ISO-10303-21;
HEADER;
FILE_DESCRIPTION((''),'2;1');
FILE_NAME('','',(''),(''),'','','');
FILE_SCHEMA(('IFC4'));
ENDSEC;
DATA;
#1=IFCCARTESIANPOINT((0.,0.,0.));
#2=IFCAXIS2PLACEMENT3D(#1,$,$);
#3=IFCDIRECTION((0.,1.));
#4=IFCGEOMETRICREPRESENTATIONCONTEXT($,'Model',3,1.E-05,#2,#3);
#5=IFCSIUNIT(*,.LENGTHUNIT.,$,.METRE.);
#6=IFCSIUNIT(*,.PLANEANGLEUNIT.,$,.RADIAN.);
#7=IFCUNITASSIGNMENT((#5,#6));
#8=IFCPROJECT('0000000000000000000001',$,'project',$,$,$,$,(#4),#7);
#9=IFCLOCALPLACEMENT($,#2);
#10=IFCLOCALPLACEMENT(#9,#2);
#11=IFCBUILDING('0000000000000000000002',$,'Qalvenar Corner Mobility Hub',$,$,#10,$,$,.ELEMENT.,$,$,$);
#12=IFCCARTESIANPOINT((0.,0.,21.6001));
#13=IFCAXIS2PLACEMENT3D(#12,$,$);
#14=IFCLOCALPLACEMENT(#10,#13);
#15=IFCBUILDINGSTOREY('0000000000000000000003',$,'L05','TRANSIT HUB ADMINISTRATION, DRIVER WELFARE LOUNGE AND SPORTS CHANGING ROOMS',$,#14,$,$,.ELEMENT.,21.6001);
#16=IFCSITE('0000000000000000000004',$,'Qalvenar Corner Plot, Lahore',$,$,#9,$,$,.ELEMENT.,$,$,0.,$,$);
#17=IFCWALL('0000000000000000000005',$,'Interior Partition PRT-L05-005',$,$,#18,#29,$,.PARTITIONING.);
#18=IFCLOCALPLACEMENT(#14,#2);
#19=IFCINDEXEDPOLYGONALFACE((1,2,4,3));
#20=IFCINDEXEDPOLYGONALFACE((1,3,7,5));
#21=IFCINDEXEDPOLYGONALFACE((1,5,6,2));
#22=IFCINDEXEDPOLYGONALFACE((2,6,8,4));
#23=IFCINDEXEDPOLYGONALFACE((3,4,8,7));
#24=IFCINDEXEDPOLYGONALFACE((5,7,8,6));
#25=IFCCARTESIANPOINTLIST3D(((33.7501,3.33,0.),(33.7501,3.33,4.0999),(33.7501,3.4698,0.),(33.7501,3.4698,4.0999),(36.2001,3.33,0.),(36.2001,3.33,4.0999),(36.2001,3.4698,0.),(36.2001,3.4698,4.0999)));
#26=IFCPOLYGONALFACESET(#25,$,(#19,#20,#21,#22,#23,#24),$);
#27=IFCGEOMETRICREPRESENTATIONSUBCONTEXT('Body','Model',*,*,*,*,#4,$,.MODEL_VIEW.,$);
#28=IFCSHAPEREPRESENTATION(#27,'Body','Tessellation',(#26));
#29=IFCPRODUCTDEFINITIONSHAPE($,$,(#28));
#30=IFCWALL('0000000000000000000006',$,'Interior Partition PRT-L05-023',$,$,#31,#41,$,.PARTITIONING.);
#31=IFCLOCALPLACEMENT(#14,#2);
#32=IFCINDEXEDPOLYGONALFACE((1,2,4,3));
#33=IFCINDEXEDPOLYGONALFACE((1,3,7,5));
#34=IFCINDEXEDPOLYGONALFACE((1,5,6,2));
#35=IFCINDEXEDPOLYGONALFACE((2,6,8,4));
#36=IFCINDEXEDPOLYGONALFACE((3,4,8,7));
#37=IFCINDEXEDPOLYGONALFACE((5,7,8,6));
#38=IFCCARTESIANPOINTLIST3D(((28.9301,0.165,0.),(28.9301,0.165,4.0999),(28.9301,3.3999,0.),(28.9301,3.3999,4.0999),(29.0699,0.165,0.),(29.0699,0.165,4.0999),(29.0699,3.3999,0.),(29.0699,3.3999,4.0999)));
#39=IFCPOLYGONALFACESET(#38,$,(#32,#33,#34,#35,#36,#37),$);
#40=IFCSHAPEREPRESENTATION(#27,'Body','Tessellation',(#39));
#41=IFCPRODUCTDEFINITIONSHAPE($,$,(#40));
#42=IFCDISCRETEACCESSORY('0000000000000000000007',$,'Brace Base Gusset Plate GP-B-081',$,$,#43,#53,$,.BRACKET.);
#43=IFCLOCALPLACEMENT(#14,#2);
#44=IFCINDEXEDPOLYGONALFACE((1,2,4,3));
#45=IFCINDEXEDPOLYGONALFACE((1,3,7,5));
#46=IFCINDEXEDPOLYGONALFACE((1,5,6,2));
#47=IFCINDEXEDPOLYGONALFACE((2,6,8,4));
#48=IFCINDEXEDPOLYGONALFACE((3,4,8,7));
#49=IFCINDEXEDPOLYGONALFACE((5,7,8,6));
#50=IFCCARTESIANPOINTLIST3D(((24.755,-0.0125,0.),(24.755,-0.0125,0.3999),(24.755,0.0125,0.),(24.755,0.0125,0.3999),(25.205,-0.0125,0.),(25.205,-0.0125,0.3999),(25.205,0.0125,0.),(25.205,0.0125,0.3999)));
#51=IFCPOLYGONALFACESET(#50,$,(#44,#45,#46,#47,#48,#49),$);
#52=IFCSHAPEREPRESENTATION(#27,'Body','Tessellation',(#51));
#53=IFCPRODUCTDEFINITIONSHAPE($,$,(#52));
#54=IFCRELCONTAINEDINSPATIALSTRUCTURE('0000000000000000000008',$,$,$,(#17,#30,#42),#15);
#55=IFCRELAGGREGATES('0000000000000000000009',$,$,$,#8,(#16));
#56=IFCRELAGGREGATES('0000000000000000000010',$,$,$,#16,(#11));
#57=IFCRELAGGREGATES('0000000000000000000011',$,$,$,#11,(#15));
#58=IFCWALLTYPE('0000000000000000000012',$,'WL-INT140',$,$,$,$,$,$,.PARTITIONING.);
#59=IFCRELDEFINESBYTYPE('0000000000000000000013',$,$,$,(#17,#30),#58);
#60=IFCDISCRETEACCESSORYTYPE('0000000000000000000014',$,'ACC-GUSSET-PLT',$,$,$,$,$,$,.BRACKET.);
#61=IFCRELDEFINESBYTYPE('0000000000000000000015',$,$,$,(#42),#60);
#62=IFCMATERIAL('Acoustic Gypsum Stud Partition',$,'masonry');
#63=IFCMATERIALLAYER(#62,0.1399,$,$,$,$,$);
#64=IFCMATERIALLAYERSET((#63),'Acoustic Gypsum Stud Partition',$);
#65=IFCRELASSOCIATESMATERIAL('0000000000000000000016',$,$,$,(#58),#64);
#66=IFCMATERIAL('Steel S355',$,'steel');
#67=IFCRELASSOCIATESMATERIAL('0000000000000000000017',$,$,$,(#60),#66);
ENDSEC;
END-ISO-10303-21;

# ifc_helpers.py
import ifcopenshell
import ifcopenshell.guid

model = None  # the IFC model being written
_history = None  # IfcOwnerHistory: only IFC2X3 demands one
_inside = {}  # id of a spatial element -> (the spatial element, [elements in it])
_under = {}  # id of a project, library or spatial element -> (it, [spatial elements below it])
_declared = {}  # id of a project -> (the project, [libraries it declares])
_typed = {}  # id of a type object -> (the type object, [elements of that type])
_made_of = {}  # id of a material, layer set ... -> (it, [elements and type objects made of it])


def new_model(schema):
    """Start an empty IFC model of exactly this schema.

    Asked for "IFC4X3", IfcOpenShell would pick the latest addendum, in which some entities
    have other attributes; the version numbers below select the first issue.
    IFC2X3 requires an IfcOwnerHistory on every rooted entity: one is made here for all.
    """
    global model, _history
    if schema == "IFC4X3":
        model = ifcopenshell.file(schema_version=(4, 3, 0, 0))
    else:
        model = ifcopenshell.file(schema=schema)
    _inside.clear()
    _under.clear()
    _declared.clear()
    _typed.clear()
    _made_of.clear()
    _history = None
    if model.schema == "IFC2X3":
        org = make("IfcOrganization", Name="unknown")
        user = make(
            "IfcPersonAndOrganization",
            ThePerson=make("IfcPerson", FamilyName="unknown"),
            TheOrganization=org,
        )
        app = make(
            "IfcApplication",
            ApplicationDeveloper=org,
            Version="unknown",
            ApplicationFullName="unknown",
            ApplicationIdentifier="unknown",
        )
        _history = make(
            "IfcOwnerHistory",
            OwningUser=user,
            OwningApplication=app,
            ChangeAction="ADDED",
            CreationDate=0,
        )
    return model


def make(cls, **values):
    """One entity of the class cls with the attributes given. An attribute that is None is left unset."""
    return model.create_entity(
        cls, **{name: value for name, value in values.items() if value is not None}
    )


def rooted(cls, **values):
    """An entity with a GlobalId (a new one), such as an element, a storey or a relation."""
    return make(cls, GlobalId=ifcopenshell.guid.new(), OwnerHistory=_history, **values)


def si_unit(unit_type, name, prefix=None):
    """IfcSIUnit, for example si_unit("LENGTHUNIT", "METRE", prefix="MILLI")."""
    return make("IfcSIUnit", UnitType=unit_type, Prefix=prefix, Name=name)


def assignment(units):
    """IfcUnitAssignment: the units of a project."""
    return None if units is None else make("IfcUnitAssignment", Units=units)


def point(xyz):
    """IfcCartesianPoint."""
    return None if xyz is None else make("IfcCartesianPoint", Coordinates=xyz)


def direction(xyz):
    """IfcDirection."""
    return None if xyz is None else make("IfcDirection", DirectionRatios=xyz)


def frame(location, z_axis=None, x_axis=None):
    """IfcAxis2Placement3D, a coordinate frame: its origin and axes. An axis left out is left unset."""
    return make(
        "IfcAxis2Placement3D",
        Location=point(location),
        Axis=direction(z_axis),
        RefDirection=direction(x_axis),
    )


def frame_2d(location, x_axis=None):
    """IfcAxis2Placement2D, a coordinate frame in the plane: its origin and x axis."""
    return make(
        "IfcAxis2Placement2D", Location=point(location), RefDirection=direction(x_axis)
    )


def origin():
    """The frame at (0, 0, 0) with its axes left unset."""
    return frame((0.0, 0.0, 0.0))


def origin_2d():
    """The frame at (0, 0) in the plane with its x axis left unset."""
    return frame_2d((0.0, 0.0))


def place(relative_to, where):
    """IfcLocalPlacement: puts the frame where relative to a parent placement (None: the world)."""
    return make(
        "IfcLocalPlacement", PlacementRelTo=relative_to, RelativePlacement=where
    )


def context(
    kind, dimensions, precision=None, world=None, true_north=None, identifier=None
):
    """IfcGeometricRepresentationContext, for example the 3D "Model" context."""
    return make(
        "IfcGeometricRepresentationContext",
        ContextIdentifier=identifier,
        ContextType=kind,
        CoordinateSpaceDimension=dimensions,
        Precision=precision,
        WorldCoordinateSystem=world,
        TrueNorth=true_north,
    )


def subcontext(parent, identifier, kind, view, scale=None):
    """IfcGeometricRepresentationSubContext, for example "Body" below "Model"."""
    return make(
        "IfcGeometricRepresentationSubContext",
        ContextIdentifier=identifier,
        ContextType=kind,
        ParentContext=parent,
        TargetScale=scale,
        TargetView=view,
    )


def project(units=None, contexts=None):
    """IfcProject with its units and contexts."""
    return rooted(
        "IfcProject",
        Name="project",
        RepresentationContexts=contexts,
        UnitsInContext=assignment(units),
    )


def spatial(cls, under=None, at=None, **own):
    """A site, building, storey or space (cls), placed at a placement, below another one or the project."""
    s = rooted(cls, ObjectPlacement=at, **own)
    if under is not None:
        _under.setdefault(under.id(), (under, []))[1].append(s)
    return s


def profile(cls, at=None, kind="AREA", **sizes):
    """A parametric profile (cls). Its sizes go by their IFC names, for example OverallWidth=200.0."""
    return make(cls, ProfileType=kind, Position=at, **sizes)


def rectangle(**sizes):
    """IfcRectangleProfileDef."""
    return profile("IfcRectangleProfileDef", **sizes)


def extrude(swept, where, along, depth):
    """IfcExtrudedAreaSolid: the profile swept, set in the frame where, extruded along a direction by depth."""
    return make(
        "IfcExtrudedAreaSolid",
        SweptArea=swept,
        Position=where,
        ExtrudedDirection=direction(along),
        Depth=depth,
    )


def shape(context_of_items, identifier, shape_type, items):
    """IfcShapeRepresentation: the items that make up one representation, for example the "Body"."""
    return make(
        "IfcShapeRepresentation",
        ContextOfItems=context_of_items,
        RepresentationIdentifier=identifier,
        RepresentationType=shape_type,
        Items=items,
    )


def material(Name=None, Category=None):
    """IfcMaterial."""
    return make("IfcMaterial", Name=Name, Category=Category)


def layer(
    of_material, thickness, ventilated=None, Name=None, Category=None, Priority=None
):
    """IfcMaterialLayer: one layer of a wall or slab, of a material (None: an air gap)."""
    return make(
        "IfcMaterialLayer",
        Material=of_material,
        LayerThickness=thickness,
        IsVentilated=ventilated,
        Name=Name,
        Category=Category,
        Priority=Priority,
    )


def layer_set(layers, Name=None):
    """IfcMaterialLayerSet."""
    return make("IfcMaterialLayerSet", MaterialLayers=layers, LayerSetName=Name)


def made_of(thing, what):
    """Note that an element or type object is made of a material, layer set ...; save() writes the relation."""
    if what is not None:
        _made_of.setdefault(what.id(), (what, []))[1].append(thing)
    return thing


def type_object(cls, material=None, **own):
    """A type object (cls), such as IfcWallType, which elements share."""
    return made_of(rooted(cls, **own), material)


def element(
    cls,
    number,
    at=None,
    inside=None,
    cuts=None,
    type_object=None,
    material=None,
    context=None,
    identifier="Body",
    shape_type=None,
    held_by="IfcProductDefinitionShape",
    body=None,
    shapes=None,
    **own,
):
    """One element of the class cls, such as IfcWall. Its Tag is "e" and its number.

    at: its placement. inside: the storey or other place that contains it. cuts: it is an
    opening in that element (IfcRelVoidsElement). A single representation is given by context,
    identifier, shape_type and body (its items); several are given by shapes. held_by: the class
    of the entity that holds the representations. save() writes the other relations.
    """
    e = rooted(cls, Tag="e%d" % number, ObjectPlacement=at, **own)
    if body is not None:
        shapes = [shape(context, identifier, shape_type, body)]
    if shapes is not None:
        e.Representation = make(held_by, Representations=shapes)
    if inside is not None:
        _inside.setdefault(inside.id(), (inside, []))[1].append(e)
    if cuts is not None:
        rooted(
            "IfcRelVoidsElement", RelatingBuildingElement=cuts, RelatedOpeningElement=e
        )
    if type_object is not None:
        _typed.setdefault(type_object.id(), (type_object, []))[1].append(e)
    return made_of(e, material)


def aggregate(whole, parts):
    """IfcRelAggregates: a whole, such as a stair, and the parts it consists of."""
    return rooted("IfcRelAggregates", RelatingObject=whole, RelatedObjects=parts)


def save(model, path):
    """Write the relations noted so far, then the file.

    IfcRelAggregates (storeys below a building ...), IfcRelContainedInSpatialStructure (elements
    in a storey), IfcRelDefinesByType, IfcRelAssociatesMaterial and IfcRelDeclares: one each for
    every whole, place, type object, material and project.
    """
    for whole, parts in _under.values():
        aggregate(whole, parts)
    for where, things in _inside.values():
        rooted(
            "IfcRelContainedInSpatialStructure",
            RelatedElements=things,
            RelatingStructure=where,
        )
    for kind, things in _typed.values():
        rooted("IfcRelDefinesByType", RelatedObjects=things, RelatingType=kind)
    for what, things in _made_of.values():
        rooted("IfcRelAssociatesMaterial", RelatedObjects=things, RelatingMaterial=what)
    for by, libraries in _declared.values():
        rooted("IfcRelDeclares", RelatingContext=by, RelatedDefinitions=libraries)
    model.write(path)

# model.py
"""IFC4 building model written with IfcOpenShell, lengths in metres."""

from ifc_helpers import new_model, si_unit, direction, frame, frame_2d, origin, origin_2d, place, context, subcontext, project, spatial, rectangle, extrude, material, layer, layer_set, type_object, element, save


model = new_model("IFC4")

# Units and contexts
model_context = context("Model", 3, precision=1e-05, world=origin(), true_north=direction((0.0, 1.0)))
body_context = subcontext(model_context, "Body", "Model", "MODEL_VIEW")
ifc_project = project(units=[si_unit("LENGTHUNIT", "METRE"), si_unit("PLANEANGLEUNIT", "RADIAN")], contexts=[model_context])

# Site, building, storey
site_placement = place(None, origin())
site = spatial("IfcSite", under=ifc_project, at=site_placement, Name="Qalvenar Corner Plot, Lahore", CompositionType="ELEMENT", RefElevation=0.0)
building_placement = place(site_placement, origin())
building = spatial("IfcBuilding", under=site, at=building_placement, Name="Qalvenar Corner Mobility Hub", CompositionType="ELEMENT")
storey_placement = place(building_placement, frame((0.0, 0.0, 21.6001)))
storey = spatial("IfcBuildingStorey", under=building, at=storey_placement, Name="L05", Description="TRANSIT HUB ADMINISTRATION, DRIVER WELFARE LOUNGE AND SPORTS CHANGING ROOMS", CompositionType="ELEMENT", Elevation=21.6001)

# Shared definitions
ifc_material_1 = material(Name="Steel S355", Category="steel")

# Shared definitions
ifc_material_2 = material(Name="Acoustic Gypsum Stud Partition", Category="masonry")
ifc_layer_1 = layer(ifc_material_2, 0.1399)
ifc_layer_set_1 = layer_set([ifc_layer_1], Name="Acoustic Gypsum Stud Partition")
wall_type_1 = type_object("IfcWallType", Name="WL-INT140", PredefinedType="PARTITIONING", material=ifc_layer_set_1)

# Walls
wall_1_placement = place(storey_placement, frame((33.75, 3.3999, 0.0), z_axis=(0.0, 0.0, 1.0), x_axis=(1.0, 0.0, 0.0)))
element("IfcWall", 1, at=wall_1_placement, inside=storey, type_object=wall_type_1, Name="Interior Partition PRT-L05-005", PredefinedType="PARTITIONING", context=body_context, shape_type="SweptSolid", body=[
    extrude(rectangle(XDim=2.45, YDim=0.1399, at=frame_2d((1.2251, 0.0))), origin(), (0.0, 0.0, 1.0), 4.0999),
])
wall_2_placement = place(storey_placement, frame((29.0, 0.165, 0.0), z_axis=(0.0, 0.0, 1.0), x_axis=(0.0, 1.0, 0.0)))
element("IfcWall", 2, at=wall_2_placement, inside=storey, type_object=wall_type_1, Name="Interior Partition PRT-L05-023", PredefinedType="PARTITIONING", context=body_context, shape_type="SweptSolid", body=[
    extrude(rectangle(XDim=3.2349, YDim=0.1399, at=frame_2d((1.6174, 0.0))), origin(), (0.0, 0.0, 1.0), 4.0999),
])

# Discrete accessory
discrete_accessory_type = type_object("IfcDiscreteAccessoryType", Name="ACC-GUSSET-PLT", PredefinedType="BRACKET", material=ifc_material_1)
discrete_accessory_placement = place(storey_placement, frame((24.98, 0.0, 0.0), z_axis=(0.0, 0.0, 1.0), x_axis=(1.0, 0.0, 0.0)))
element("IfcDiscreteAccessory", 3, at=discrete_accessory_placement, inside=storey, type_object=discrete_accessory_type, Name="Brace Base Gusset Plate GP-B-081", PredefinedType="BRACKET", context=body_context, shape_type="SweptSolid", body=[
    extrude(rectangle(XDim=0.45, YDim=0.0249, at=origin_2d()), origin(), (0.0, 0.0, 1.0), 0.3999),
])

save(model, "model.ifc")
